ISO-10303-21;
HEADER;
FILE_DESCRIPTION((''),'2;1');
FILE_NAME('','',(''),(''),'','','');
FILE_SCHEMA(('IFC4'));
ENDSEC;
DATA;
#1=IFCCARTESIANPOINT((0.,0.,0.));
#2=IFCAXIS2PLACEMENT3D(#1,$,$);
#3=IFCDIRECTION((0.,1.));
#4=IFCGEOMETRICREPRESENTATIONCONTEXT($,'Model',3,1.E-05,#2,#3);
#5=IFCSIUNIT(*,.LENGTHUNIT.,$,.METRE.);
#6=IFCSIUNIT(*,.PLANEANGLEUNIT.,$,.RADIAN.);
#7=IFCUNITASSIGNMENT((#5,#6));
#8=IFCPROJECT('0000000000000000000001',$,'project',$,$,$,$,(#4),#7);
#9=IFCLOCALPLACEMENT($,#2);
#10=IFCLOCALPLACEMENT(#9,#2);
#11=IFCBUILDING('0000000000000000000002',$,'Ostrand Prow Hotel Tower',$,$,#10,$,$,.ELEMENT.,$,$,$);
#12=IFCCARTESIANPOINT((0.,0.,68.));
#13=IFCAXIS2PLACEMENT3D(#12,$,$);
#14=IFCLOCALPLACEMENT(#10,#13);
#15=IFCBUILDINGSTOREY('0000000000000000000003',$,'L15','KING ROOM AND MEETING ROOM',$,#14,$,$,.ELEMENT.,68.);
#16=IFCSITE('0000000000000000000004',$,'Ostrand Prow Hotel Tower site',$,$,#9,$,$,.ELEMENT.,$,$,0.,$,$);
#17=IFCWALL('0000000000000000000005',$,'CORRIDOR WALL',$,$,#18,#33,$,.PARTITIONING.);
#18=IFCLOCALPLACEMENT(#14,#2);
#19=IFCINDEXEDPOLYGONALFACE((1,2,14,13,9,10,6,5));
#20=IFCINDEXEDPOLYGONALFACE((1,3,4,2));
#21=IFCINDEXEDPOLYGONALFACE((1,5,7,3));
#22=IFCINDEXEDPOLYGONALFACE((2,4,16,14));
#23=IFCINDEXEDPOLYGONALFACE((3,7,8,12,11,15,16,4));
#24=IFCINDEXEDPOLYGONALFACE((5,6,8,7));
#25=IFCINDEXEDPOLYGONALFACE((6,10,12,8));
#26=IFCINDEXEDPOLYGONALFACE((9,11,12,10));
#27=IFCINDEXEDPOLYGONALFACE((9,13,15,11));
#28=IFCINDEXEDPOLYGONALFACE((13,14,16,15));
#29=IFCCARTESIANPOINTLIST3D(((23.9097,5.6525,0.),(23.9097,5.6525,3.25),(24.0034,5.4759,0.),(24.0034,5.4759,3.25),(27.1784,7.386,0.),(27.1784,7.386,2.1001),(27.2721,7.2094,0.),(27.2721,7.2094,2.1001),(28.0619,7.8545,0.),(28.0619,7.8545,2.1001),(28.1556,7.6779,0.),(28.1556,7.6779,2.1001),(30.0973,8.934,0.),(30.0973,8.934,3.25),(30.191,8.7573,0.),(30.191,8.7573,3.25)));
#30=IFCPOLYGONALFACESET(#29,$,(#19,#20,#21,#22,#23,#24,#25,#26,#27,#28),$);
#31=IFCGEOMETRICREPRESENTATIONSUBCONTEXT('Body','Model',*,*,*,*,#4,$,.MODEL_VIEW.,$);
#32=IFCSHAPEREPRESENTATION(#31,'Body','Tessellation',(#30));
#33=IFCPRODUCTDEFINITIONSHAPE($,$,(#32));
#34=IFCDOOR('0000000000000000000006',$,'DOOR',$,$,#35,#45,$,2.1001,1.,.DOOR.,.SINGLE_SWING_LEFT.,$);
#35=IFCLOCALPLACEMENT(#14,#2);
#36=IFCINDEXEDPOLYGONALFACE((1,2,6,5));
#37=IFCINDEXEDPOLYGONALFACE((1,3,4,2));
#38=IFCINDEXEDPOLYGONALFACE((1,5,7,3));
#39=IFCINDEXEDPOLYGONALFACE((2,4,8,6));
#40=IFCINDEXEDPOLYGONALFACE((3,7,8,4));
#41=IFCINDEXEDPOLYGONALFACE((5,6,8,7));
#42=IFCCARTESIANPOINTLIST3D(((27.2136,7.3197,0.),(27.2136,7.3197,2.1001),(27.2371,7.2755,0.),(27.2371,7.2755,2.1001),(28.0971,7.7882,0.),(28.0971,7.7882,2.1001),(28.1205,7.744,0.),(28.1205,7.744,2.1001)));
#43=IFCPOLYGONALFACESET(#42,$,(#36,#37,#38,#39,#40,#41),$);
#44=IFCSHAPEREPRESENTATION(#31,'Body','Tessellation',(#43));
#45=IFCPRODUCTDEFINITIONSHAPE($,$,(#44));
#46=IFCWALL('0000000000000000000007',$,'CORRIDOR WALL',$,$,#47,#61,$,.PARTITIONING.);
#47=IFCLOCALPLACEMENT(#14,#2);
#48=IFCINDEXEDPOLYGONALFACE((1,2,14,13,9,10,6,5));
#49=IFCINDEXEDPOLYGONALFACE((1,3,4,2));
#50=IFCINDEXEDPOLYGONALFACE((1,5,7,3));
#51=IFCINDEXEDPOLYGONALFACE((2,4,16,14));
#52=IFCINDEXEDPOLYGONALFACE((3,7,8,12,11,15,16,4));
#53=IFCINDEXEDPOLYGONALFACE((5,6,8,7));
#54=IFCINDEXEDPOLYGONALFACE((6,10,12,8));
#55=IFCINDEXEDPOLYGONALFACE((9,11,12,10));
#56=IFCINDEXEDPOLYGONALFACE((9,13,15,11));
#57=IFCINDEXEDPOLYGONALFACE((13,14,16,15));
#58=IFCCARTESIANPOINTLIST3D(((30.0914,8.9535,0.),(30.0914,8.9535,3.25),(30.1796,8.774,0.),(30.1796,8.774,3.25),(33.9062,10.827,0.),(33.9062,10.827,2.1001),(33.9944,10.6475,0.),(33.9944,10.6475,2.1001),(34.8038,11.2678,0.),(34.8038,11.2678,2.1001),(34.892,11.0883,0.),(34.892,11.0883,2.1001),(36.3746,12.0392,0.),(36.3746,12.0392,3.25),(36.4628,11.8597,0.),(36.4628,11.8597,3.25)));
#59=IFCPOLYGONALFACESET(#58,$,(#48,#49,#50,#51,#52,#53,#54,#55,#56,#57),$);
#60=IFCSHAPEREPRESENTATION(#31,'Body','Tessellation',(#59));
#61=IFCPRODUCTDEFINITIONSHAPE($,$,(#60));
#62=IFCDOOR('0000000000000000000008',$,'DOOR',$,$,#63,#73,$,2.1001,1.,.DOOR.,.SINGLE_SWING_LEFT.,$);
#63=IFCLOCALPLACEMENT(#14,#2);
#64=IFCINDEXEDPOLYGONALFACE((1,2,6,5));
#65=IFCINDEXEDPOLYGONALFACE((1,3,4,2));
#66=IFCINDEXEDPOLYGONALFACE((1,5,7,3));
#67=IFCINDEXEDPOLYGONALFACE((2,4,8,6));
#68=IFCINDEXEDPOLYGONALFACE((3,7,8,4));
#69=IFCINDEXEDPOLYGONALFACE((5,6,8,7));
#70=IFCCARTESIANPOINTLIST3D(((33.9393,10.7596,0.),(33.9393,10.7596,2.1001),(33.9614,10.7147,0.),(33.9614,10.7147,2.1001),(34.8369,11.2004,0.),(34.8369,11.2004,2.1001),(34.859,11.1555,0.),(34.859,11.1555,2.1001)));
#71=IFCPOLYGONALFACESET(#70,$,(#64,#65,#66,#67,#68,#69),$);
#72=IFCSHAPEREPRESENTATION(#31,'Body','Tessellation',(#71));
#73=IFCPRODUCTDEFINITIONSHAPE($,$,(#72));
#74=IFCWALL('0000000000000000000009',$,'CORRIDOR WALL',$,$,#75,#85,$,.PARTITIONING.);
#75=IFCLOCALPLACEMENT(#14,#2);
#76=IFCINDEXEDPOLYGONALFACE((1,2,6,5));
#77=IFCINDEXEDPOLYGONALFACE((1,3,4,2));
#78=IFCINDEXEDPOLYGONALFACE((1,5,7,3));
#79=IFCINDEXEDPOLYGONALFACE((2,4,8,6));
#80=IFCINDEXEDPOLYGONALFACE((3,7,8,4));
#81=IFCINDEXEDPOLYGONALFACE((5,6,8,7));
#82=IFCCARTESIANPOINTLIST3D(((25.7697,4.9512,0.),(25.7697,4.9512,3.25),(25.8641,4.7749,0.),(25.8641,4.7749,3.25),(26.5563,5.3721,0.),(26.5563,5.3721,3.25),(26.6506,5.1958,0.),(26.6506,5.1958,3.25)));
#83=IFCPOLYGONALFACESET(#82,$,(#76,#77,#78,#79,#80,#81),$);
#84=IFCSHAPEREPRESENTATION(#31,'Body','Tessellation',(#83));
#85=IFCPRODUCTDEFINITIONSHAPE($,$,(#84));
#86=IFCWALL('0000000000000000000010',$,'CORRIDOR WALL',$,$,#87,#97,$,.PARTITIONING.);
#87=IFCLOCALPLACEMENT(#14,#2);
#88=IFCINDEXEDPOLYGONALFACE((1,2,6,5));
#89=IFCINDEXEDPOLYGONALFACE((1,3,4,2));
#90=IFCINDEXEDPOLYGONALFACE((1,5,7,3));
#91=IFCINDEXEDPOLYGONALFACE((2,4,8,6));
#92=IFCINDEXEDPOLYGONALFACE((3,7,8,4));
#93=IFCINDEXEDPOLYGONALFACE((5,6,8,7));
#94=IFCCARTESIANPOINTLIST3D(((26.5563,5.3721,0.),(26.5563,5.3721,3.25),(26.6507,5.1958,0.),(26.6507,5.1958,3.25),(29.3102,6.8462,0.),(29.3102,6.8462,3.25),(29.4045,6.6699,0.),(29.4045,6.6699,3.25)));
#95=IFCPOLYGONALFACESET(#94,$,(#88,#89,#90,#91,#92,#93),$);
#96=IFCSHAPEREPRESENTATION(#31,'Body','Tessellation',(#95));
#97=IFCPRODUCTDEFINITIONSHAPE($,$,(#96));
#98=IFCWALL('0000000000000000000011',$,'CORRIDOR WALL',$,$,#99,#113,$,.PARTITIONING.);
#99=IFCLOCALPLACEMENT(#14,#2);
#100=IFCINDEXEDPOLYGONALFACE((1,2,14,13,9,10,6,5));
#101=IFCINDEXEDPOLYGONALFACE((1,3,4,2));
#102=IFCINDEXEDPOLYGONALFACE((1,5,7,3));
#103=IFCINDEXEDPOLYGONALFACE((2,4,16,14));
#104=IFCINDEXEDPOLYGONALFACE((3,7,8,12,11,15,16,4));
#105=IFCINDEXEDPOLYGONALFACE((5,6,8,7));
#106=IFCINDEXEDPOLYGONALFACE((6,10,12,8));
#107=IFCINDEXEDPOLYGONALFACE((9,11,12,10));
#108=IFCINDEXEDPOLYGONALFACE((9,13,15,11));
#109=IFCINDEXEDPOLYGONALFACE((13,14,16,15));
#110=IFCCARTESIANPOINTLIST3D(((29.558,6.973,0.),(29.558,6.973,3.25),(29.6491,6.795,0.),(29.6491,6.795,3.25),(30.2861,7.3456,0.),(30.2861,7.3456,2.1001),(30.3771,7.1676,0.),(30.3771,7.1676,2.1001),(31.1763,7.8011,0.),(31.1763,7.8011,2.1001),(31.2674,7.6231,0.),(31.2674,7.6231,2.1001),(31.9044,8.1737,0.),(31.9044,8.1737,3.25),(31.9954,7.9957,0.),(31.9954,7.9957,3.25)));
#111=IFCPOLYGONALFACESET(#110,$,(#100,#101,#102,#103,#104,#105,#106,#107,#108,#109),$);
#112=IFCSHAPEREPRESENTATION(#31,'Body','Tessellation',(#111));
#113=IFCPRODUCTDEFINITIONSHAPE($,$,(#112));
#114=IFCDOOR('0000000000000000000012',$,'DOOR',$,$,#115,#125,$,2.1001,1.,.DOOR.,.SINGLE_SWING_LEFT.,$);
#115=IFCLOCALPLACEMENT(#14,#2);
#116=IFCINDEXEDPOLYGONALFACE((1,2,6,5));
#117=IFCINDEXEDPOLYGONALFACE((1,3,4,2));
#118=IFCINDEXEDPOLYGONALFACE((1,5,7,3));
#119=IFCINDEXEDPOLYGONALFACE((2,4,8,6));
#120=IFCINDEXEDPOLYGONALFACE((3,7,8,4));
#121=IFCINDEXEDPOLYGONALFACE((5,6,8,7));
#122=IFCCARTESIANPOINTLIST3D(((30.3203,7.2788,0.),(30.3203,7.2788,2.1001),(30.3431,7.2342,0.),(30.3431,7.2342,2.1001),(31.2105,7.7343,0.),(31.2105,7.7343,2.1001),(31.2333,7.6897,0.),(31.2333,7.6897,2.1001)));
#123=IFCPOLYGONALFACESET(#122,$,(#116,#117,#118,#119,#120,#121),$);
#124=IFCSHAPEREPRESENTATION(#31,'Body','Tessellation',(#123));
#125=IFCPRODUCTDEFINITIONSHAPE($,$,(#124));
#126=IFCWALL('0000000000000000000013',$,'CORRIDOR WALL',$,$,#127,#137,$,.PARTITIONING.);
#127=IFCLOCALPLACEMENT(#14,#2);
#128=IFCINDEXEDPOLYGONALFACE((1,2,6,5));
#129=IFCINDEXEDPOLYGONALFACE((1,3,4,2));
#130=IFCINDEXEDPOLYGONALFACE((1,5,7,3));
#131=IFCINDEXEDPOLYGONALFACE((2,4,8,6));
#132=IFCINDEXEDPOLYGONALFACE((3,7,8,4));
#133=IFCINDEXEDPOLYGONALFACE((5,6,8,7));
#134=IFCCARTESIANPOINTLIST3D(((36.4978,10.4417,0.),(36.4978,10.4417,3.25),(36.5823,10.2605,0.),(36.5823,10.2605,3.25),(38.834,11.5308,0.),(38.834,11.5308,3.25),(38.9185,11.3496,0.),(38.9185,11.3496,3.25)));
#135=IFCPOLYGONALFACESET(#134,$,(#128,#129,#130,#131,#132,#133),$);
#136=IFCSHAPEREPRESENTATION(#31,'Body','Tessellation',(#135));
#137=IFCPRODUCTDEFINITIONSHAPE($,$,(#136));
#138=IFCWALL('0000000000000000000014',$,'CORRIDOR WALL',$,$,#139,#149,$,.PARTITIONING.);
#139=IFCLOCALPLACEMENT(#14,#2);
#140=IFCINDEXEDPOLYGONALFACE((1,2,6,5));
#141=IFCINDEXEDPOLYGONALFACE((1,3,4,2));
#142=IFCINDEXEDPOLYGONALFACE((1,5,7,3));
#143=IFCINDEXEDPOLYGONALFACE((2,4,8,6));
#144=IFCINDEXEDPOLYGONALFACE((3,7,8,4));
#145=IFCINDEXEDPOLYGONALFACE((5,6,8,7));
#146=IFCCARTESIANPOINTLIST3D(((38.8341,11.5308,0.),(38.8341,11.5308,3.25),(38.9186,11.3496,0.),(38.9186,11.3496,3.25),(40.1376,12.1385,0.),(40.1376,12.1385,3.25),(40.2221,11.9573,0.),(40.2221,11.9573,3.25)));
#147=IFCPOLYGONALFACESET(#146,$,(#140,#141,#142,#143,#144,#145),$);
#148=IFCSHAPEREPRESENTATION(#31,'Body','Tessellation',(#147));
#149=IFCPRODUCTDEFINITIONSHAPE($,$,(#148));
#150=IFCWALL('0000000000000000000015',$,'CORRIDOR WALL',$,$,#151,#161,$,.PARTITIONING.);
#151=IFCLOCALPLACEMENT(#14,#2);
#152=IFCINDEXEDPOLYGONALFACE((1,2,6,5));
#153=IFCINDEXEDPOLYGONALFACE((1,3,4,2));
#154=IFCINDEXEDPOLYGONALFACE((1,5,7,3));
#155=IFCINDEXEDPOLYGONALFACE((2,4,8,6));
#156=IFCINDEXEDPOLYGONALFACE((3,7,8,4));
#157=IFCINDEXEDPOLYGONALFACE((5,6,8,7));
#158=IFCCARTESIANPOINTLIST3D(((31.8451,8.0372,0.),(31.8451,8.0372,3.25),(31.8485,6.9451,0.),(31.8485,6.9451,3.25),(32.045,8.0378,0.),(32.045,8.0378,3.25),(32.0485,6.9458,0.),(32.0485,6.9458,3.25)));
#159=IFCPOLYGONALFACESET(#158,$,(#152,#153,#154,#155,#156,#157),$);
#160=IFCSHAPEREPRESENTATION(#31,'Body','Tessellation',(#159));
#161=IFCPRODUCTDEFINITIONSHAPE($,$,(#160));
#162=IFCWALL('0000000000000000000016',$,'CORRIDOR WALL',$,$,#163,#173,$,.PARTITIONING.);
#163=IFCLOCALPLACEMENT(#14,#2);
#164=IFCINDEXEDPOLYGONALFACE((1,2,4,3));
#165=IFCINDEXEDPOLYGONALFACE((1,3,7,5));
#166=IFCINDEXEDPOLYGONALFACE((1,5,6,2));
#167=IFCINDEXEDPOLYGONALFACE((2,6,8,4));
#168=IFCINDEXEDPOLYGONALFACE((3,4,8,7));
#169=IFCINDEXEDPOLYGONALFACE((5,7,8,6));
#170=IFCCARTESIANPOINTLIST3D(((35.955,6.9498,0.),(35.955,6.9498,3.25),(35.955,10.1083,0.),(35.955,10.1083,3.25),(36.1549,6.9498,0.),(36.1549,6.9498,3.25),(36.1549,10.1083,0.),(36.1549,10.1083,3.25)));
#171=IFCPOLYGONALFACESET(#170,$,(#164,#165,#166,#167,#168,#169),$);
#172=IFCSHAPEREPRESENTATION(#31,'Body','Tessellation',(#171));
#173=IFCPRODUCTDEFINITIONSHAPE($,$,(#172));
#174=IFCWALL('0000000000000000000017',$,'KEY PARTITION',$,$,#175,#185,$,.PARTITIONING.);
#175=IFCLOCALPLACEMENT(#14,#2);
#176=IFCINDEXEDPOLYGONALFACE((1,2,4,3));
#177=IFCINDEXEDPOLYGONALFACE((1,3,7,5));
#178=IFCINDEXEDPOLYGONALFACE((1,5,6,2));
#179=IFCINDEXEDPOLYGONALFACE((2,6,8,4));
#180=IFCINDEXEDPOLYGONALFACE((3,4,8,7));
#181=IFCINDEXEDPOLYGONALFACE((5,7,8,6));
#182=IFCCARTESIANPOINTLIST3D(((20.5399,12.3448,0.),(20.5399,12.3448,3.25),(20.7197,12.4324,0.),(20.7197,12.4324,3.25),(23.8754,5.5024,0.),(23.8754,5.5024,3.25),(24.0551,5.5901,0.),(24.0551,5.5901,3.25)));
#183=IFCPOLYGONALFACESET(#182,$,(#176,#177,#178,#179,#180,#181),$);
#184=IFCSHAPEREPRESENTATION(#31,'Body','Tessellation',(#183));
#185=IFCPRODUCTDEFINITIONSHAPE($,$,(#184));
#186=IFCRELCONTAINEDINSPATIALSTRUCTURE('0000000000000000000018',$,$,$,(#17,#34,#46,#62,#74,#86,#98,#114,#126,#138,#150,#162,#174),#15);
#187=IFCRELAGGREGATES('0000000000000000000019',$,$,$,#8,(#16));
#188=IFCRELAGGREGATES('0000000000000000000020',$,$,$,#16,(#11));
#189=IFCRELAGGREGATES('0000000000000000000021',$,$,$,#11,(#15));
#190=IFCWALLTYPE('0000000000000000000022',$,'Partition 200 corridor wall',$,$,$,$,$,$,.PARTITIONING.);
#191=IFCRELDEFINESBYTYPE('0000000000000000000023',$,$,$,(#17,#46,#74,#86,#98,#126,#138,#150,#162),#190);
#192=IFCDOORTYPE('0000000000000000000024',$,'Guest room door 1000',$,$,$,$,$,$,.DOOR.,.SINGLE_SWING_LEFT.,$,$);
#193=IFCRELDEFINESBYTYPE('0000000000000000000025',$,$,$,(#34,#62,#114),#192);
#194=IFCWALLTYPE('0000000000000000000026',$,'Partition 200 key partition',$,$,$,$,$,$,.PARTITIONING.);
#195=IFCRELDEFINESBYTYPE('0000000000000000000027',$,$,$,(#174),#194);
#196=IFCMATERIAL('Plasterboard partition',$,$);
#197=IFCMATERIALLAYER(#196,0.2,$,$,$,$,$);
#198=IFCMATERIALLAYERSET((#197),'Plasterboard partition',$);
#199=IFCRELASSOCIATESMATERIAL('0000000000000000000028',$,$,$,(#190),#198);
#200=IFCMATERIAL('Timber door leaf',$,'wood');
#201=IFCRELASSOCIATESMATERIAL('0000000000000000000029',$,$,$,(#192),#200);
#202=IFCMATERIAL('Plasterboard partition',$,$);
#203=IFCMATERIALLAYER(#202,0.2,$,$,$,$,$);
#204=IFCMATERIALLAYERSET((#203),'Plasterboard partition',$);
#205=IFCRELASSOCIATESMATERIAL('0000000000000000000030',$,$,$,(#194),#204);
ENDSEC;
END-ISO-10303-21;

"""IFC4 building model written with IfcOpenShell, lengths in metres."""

from ifc_helpers import new_model, si_unit, direction, frame, frame_2d, origin, place, context, subcontext, project, spatial, rectangle, extrude, material, layer, layer_set, type_object, element, fill, save


model = new_model("IFC4")

# Units and contexts
model_context = context("Model", 3, precision=1e-05, world=origin(), true_north=direction((0.0, 1.0)))
body_context = subcontext(model_context, "Body", "Model", "MODEL_VIEW")
ifc_project = project(units=[si_unit("LENGTHUNIT", "METRE"), si_unit("PLANEANGLEUNIT", "RADIAN")], contexts=[model_context])

# Site, building, storey
site_placement = place(None, origin())
site = spatial("IfcSite", under=ifc_project, at=site_placement, Name="Ostrand Prow Hotel Tower site", CompositionType="ELEMENT", RefElevation=0.0)
building_placement = place(site_placement, origin())
building = spatial("IfcBuilding", under=site, at=building_placement, Name="Ostrand Prow Hotel Tower", CompositionType="ELEMENT")
storey_placement = place(building_placement, frame((0.0, 0.0, 68.0)))
storey = spatial("IfcBuildingStorey", under=building, at=storey_placement, Name="L15", Description="KING ROOM AND MEETING ROOM", CompositionType="ELEMENT", Elevation=68.0)

# Walls, openings, doors
ifc_material_1 = material(Name="Plasterboard partition")
ifc_layer_1 = layer(ifc_material_1, 0.2)
ifc_layer_set_1 = layer_set([ifc_layer_1], Name="Plasterboard partition")
wall_type_1 = type_object("IfcWallType", Name="Partition 200 corridor wall", PredefinedType="PARTITIONING", material=ifc_layer_set_1)
wall_1_placement = place(storey_placement, frame((23.9565, 5.5642, 0.0), z_axis=(0.0, 0.0, 1.0), x_axis=(0.883455, 0.468515, 0.0)))
wall_1 = element("IfcWall", 1, at=wall_1_placement, inside=storey, type_object=wall_type_1, Name="CORRIDOR WALL", PredefinedType="PARTITIONING", context=body_context, shape_type="SweptSolid", body=[
    extrude(rectangle(XDim=7.0039, YDim=0.2, at=frame_2d((3.502, 0.0))), origin(), (0.0, 0.0, 1.0), 3.25),
])
opening_1_placement = place(wall_1_placement, frame((3.7, 0.0, 0.0)))
opening_1 = element("IfcOpeningElement", 2, at=opening_1_placement, cuts=wall_1, PredefinedType="OPENING", context=body_context, shape_type="SweptSolid", body=[
    extrude(rectangle(XDim=1.0, YDim=2.1001, at=frame_2d((0.5, 1.05))), frame((0.0, 0.1099, 0.0), z_axis=(0.0, -1.0, 0.0), x_axis=(1.0, 0.0, 0.0)), (0.0, 0.0, 1.0), 0.22),
])
ifc_material_2 = material(Name="Timber door leaf", Category="wood")
door_type_1 = type_object("IfcDoorType", Name="Guest room door 1000", OperationType="SINGLE_SWING_LEFT", PredefinedType="DOOR", material=ifc_material_2)
door_1_placement = place(opening_1_placement, origin())
door_1 = element("IfcDoor", 3, at=door_1_placement, inside=storey, type_object=door_type_1, Name="DOOR", OperationType="SINGLE_SWING_LEFT", OverallHeight=2.1001, OverallWidth=1.0, PredefinedType="DOOR", context=body_context, shape_type="SweptSolid", body=[
    extrude(rectangle(XDim=1.0, YDim=2.1001, at=frame_2d((0.5, 1.05))), frame((0.0, 0.0249, 0.0), z_axis=(0.0, -1.0, 0.0), x_axis=(1.0, 0.0, 0.0)), (0.0, 0.0, 1.0), 0.05),
])
fill(opening_1, door_1)
wall_2_placement = place(storey_placement, frame((30.1355, 8.8638, 0.0), z_axis=(0.0, 0.0, 1.0), x_axis=(0.897599, 0.440813, 0.0)))
wall_2 = element("IfcWall", 4, at=wall_2_placement, inside=storey, type_object=wall_type_1, Name="CORRIDOR WALL", PredefinedType="PARTITIONING", context=body_context, shape_type="SweptSolid", body=[
    extrude(rectangle(XDim=7.0, YDim=0.2, at=frame_2d((3.5, 0.0))), origin(), (0.0, 0.0, 1.0), 3.25),
])
opening_2_placement = place(wall_2_placement, frame((4.25, 0.0, 0.0)))
opening_2 = element("IfcOpeningElement", 5, at=opening_2_placement, cuts=wall_2, PredefinedType="OPENING", context=body_context, shape_type="SweptSolid", body=[
    extrude(rectangle(XDim=1.0, YDim=2.1001, at=frame_2d((0.5, 1.05))), frame((0.0, 0.1099, 0.0), z_axis=(0.0, -1.0, 0.0), x_axis=(1.0, 0.0, 0.0)), (0.0, 0.0, 1.0), 0.22),
])
door_2_placement = place(opening_2_placement, origin())
door_2 = element("IfcDoor", 6, at=door_2_placement, inside=storey, type_object=door_type_1, Name="DOOR", OperationType="SINGLE_SWING_LEFT", OverallHeight=2.1001, OverallWidth=1.0, PredefinedType="DOOR", context=body_context, shape_type="SweptSolid", body=[
    extrude(rectangle(XDim=1.0, YDim=2.1001, at=frame_2d((0.5, 1.05))), frame((0.0, 0.0249, 0.0), z_axis=(0.0, -1.0, 0.0), x_axis=(1.0, 0.0, 0.0)), (0.0, 0.0, 1.0), 0.05),
])
fill(opening_2, door_2)

# Walls
wall_3_placement = place(storey_placement, frame((25.8169, 4.863, 0.0), z_axis=(0.0, 0.0, 1.0), x_axis=(0.881716, 0.471781, 0.0)))
element("IfcWall", 7, at=wall_3_placement, inside=storey, type_object=wall_type_1, Name="CORRIDOR WALL", PredefinedType="PARTITIONING", context=body_context, shape_type="SweptSolid", body=[
    extrude(rectangle(XDim=0.8921, YDim=0.2, at=frame_2d((0.446, 0.0))), origin(), (0.0, 0.0, 1.0), 3.25),
])
wall_4_placement = place(storey_placement, frame((26.6035, 5.2839, 0.0), z_axis=(0.0, 0.0, 1.0), x_axis=(0.881638, 0.471926, 0.0)))
element("IfcWall", 8, at=wall_4_placement, inside=storey, type_object=wall_type_1, Name="CORRIDOR WALL", PredefinedType="PARTITIONING", context=body_context, shape_type="SweptSolid", body=[
    extrude(rectangle(XDim=3.1235, YDim=0.2, at=frame_2d((1.5618, 0.0))), origin(), (0.0, 0.0, 1.0), 3.25),
])

# Wall, opening, door
wall_5_placement = place(storey_placement, frame((29.6035, 6.884, 0.0), z_axis=(0.0, 0.0, 1.0), x_axis=(0.89022, 0.45553, 0.0)))
wall_5 = element("IfcWall", 9, at=wall_5_placement, inside=storey, type_object=wall_type_1, Name="CORRIDOR WALL", PredefinedType="PARTITIONING", context=body_context, shape_type="SweptSolid", body=[
    extrude(rectangle(XDim=2.6357, YDim=0.2, at=frame_2d((1.3179, 0.0))), origin(), (0.0, 0.0, 1.0), 3.25),
])
opening_3_placement = place(wall_5_placement, frame((0.8179, 0.0, 0.0)))
opening_3 = element("IfcOpeningElement", 10, at=opening_3_placement, cuts=wall_5, PredefinedType="OPENING", context=body_context, shape_type="SweptSolid", body=[
    extrude(rectangle(XDim=1.0, YDim=2.1001, at=frame_2d((0.5, 1.05))), frame((0.0, 0.1099, 0.0), z_axis=(0.0, -1.0, 0.0), x_axis=(1.0, 0.0, 0.0)), (0.0, 0.0, 1.0), 0.22),
])
door_3_placement = place(opening_3_placement, origin())
door_3 = element("IfcDoor", 11, at=door_3_placement, inside=storey, type_object=door_type_1, Name="DOOR", OperationType="SINGLE_SWING_LEFT", OverallHeight=2.1001, OverallWidth=1.0, PredefinedType="DOOR", context=body_context, shape_type="SweptSolid", body=[
    extrude(rectangle(XDim=1.0, YDim=2.1001, at=frame_2d((0.5, 1.05))), frame((0.0, 0.0249, 0.0), z_axis=(0.0, -1.0, 0.0), x_axis=(1.0, 0.0, 0.0)), (0.0, 0.0, 1.0), 0.05),
])
fill(opening_3, door_3)

# Walls
wall_6_placement = place(storey_placement, frame((36.54, 10.3511, 0.0), z_axis=(0.0, 0.0, 1.0), x_axis=(0.906348, 0.422533, 0.0)))
element("IfcWall", 12, at=wall_6_placement, inside=storey, type_object=wall_type_1, Name="CORRIDOR WALL", PredefinedType="PARTITIONING", context=body_context, shape_type="SweptSolid", body=[
    extrude(rectangle(XDim=2.5776, YDim=0.2, at=frame_2d((1.2888, 0.0))), origin(), (0.0, 0.0, 1.0), 3.25),
])
wall_7_placement = place(storey_placement, frame((38.8762, 11.4402, 0.0), z_axis=(0.0, 0.0, 1.0), x_axis=(0.906348, 0.422532, 0.0)))
element("IfcWall", 13, at=wall_7_placement, inside=storey, type_object=wall_type_1, Name="CORRIDOR WALL", PredefinedType="PARTITIONING", context=body_context, shape_type="SweptSolid", body=[
    extrude(rectangle(XDim=1.4382, YDim=0.2, at=frame_2d((0.7192, 0.0))), origin(), (0.0, 0.0, 1.0), 3.25),
])
wall_8_placement = place(storey_placement, frame((31.9451, 8.0374, 0.0), z_axis=(0.0, 0.0, 1.0), x_axis=(0.00313, -0.999995, 0.0)))
element("IfcWall", 14, at=wall_8_placement, inside=storey, type_object=wall_type_1, Name="CORRIDOR WALL", PredefinedType="PARTITIONING", context=body_context, shape_type="SweptSolid", body=[
    extrude(rectangle(XDim=1.092, YDim=0.2, at=frame_2d((0.5459, 0.0))), origin(), (0.0, 0.0, 1.0), 3.25),
])
wall_9_placement = place(storey_placement, frame((36.0549, 6.95, 0.0), z_axis=(0.0, 0.0, 1.0), x_axis=(0.0, 1.0, 0.0)))
element("IfcWall", 15, at=wall_9_placement, inside=storey, type_object=wall_type_1, Name="CORRIDOR WALL", PredefinedType="PARTITIONING", context=body_context, shape_type="SweptSolid", body=[
    extrude(rectangle(XDim=3.1584, YDim=0.2, at=frame_2d((1.5791, 0.0))), origin(), (0.0, 0.0, 1.0), 3.25),
])
ifc_material_3 = material(Name="Plasterboard partition")
ifc_layer_2 = layer(ifc_material_3, 0.2)
ifc_layer_set_2 = layer_set([ifc_layer_2], Name="Plasterboard partition")
wall_type_2 = type_object("IfcWallType", Name="Partition 200 key partition", PredefinedType="PARTITIONING", material=ifc_layer_set_2)
wall_10_placement = place(storey_placement, frame((23.9653, 5.5461, 0.0), z_axis=(0.0, 0.0, 1.0), x_axis=(-0.438185, 0.898885, 0.0)))
element("IfcWall", 16, at=wall_10_placement, inside=storey, type_object=wall_type_2, Name="KEY PARTITION", PredefinedType="PARTITIONING", context=body_context, shape_type="SweptSolid", body=[
    extrude(rectangle(XDim=7.6121, YDim=0.2, at=frame_2d((3.8062, 0.0))), origin(), (0.0, 0.0, 1.0), 3.25),
])

save(model, "model.ifc")
